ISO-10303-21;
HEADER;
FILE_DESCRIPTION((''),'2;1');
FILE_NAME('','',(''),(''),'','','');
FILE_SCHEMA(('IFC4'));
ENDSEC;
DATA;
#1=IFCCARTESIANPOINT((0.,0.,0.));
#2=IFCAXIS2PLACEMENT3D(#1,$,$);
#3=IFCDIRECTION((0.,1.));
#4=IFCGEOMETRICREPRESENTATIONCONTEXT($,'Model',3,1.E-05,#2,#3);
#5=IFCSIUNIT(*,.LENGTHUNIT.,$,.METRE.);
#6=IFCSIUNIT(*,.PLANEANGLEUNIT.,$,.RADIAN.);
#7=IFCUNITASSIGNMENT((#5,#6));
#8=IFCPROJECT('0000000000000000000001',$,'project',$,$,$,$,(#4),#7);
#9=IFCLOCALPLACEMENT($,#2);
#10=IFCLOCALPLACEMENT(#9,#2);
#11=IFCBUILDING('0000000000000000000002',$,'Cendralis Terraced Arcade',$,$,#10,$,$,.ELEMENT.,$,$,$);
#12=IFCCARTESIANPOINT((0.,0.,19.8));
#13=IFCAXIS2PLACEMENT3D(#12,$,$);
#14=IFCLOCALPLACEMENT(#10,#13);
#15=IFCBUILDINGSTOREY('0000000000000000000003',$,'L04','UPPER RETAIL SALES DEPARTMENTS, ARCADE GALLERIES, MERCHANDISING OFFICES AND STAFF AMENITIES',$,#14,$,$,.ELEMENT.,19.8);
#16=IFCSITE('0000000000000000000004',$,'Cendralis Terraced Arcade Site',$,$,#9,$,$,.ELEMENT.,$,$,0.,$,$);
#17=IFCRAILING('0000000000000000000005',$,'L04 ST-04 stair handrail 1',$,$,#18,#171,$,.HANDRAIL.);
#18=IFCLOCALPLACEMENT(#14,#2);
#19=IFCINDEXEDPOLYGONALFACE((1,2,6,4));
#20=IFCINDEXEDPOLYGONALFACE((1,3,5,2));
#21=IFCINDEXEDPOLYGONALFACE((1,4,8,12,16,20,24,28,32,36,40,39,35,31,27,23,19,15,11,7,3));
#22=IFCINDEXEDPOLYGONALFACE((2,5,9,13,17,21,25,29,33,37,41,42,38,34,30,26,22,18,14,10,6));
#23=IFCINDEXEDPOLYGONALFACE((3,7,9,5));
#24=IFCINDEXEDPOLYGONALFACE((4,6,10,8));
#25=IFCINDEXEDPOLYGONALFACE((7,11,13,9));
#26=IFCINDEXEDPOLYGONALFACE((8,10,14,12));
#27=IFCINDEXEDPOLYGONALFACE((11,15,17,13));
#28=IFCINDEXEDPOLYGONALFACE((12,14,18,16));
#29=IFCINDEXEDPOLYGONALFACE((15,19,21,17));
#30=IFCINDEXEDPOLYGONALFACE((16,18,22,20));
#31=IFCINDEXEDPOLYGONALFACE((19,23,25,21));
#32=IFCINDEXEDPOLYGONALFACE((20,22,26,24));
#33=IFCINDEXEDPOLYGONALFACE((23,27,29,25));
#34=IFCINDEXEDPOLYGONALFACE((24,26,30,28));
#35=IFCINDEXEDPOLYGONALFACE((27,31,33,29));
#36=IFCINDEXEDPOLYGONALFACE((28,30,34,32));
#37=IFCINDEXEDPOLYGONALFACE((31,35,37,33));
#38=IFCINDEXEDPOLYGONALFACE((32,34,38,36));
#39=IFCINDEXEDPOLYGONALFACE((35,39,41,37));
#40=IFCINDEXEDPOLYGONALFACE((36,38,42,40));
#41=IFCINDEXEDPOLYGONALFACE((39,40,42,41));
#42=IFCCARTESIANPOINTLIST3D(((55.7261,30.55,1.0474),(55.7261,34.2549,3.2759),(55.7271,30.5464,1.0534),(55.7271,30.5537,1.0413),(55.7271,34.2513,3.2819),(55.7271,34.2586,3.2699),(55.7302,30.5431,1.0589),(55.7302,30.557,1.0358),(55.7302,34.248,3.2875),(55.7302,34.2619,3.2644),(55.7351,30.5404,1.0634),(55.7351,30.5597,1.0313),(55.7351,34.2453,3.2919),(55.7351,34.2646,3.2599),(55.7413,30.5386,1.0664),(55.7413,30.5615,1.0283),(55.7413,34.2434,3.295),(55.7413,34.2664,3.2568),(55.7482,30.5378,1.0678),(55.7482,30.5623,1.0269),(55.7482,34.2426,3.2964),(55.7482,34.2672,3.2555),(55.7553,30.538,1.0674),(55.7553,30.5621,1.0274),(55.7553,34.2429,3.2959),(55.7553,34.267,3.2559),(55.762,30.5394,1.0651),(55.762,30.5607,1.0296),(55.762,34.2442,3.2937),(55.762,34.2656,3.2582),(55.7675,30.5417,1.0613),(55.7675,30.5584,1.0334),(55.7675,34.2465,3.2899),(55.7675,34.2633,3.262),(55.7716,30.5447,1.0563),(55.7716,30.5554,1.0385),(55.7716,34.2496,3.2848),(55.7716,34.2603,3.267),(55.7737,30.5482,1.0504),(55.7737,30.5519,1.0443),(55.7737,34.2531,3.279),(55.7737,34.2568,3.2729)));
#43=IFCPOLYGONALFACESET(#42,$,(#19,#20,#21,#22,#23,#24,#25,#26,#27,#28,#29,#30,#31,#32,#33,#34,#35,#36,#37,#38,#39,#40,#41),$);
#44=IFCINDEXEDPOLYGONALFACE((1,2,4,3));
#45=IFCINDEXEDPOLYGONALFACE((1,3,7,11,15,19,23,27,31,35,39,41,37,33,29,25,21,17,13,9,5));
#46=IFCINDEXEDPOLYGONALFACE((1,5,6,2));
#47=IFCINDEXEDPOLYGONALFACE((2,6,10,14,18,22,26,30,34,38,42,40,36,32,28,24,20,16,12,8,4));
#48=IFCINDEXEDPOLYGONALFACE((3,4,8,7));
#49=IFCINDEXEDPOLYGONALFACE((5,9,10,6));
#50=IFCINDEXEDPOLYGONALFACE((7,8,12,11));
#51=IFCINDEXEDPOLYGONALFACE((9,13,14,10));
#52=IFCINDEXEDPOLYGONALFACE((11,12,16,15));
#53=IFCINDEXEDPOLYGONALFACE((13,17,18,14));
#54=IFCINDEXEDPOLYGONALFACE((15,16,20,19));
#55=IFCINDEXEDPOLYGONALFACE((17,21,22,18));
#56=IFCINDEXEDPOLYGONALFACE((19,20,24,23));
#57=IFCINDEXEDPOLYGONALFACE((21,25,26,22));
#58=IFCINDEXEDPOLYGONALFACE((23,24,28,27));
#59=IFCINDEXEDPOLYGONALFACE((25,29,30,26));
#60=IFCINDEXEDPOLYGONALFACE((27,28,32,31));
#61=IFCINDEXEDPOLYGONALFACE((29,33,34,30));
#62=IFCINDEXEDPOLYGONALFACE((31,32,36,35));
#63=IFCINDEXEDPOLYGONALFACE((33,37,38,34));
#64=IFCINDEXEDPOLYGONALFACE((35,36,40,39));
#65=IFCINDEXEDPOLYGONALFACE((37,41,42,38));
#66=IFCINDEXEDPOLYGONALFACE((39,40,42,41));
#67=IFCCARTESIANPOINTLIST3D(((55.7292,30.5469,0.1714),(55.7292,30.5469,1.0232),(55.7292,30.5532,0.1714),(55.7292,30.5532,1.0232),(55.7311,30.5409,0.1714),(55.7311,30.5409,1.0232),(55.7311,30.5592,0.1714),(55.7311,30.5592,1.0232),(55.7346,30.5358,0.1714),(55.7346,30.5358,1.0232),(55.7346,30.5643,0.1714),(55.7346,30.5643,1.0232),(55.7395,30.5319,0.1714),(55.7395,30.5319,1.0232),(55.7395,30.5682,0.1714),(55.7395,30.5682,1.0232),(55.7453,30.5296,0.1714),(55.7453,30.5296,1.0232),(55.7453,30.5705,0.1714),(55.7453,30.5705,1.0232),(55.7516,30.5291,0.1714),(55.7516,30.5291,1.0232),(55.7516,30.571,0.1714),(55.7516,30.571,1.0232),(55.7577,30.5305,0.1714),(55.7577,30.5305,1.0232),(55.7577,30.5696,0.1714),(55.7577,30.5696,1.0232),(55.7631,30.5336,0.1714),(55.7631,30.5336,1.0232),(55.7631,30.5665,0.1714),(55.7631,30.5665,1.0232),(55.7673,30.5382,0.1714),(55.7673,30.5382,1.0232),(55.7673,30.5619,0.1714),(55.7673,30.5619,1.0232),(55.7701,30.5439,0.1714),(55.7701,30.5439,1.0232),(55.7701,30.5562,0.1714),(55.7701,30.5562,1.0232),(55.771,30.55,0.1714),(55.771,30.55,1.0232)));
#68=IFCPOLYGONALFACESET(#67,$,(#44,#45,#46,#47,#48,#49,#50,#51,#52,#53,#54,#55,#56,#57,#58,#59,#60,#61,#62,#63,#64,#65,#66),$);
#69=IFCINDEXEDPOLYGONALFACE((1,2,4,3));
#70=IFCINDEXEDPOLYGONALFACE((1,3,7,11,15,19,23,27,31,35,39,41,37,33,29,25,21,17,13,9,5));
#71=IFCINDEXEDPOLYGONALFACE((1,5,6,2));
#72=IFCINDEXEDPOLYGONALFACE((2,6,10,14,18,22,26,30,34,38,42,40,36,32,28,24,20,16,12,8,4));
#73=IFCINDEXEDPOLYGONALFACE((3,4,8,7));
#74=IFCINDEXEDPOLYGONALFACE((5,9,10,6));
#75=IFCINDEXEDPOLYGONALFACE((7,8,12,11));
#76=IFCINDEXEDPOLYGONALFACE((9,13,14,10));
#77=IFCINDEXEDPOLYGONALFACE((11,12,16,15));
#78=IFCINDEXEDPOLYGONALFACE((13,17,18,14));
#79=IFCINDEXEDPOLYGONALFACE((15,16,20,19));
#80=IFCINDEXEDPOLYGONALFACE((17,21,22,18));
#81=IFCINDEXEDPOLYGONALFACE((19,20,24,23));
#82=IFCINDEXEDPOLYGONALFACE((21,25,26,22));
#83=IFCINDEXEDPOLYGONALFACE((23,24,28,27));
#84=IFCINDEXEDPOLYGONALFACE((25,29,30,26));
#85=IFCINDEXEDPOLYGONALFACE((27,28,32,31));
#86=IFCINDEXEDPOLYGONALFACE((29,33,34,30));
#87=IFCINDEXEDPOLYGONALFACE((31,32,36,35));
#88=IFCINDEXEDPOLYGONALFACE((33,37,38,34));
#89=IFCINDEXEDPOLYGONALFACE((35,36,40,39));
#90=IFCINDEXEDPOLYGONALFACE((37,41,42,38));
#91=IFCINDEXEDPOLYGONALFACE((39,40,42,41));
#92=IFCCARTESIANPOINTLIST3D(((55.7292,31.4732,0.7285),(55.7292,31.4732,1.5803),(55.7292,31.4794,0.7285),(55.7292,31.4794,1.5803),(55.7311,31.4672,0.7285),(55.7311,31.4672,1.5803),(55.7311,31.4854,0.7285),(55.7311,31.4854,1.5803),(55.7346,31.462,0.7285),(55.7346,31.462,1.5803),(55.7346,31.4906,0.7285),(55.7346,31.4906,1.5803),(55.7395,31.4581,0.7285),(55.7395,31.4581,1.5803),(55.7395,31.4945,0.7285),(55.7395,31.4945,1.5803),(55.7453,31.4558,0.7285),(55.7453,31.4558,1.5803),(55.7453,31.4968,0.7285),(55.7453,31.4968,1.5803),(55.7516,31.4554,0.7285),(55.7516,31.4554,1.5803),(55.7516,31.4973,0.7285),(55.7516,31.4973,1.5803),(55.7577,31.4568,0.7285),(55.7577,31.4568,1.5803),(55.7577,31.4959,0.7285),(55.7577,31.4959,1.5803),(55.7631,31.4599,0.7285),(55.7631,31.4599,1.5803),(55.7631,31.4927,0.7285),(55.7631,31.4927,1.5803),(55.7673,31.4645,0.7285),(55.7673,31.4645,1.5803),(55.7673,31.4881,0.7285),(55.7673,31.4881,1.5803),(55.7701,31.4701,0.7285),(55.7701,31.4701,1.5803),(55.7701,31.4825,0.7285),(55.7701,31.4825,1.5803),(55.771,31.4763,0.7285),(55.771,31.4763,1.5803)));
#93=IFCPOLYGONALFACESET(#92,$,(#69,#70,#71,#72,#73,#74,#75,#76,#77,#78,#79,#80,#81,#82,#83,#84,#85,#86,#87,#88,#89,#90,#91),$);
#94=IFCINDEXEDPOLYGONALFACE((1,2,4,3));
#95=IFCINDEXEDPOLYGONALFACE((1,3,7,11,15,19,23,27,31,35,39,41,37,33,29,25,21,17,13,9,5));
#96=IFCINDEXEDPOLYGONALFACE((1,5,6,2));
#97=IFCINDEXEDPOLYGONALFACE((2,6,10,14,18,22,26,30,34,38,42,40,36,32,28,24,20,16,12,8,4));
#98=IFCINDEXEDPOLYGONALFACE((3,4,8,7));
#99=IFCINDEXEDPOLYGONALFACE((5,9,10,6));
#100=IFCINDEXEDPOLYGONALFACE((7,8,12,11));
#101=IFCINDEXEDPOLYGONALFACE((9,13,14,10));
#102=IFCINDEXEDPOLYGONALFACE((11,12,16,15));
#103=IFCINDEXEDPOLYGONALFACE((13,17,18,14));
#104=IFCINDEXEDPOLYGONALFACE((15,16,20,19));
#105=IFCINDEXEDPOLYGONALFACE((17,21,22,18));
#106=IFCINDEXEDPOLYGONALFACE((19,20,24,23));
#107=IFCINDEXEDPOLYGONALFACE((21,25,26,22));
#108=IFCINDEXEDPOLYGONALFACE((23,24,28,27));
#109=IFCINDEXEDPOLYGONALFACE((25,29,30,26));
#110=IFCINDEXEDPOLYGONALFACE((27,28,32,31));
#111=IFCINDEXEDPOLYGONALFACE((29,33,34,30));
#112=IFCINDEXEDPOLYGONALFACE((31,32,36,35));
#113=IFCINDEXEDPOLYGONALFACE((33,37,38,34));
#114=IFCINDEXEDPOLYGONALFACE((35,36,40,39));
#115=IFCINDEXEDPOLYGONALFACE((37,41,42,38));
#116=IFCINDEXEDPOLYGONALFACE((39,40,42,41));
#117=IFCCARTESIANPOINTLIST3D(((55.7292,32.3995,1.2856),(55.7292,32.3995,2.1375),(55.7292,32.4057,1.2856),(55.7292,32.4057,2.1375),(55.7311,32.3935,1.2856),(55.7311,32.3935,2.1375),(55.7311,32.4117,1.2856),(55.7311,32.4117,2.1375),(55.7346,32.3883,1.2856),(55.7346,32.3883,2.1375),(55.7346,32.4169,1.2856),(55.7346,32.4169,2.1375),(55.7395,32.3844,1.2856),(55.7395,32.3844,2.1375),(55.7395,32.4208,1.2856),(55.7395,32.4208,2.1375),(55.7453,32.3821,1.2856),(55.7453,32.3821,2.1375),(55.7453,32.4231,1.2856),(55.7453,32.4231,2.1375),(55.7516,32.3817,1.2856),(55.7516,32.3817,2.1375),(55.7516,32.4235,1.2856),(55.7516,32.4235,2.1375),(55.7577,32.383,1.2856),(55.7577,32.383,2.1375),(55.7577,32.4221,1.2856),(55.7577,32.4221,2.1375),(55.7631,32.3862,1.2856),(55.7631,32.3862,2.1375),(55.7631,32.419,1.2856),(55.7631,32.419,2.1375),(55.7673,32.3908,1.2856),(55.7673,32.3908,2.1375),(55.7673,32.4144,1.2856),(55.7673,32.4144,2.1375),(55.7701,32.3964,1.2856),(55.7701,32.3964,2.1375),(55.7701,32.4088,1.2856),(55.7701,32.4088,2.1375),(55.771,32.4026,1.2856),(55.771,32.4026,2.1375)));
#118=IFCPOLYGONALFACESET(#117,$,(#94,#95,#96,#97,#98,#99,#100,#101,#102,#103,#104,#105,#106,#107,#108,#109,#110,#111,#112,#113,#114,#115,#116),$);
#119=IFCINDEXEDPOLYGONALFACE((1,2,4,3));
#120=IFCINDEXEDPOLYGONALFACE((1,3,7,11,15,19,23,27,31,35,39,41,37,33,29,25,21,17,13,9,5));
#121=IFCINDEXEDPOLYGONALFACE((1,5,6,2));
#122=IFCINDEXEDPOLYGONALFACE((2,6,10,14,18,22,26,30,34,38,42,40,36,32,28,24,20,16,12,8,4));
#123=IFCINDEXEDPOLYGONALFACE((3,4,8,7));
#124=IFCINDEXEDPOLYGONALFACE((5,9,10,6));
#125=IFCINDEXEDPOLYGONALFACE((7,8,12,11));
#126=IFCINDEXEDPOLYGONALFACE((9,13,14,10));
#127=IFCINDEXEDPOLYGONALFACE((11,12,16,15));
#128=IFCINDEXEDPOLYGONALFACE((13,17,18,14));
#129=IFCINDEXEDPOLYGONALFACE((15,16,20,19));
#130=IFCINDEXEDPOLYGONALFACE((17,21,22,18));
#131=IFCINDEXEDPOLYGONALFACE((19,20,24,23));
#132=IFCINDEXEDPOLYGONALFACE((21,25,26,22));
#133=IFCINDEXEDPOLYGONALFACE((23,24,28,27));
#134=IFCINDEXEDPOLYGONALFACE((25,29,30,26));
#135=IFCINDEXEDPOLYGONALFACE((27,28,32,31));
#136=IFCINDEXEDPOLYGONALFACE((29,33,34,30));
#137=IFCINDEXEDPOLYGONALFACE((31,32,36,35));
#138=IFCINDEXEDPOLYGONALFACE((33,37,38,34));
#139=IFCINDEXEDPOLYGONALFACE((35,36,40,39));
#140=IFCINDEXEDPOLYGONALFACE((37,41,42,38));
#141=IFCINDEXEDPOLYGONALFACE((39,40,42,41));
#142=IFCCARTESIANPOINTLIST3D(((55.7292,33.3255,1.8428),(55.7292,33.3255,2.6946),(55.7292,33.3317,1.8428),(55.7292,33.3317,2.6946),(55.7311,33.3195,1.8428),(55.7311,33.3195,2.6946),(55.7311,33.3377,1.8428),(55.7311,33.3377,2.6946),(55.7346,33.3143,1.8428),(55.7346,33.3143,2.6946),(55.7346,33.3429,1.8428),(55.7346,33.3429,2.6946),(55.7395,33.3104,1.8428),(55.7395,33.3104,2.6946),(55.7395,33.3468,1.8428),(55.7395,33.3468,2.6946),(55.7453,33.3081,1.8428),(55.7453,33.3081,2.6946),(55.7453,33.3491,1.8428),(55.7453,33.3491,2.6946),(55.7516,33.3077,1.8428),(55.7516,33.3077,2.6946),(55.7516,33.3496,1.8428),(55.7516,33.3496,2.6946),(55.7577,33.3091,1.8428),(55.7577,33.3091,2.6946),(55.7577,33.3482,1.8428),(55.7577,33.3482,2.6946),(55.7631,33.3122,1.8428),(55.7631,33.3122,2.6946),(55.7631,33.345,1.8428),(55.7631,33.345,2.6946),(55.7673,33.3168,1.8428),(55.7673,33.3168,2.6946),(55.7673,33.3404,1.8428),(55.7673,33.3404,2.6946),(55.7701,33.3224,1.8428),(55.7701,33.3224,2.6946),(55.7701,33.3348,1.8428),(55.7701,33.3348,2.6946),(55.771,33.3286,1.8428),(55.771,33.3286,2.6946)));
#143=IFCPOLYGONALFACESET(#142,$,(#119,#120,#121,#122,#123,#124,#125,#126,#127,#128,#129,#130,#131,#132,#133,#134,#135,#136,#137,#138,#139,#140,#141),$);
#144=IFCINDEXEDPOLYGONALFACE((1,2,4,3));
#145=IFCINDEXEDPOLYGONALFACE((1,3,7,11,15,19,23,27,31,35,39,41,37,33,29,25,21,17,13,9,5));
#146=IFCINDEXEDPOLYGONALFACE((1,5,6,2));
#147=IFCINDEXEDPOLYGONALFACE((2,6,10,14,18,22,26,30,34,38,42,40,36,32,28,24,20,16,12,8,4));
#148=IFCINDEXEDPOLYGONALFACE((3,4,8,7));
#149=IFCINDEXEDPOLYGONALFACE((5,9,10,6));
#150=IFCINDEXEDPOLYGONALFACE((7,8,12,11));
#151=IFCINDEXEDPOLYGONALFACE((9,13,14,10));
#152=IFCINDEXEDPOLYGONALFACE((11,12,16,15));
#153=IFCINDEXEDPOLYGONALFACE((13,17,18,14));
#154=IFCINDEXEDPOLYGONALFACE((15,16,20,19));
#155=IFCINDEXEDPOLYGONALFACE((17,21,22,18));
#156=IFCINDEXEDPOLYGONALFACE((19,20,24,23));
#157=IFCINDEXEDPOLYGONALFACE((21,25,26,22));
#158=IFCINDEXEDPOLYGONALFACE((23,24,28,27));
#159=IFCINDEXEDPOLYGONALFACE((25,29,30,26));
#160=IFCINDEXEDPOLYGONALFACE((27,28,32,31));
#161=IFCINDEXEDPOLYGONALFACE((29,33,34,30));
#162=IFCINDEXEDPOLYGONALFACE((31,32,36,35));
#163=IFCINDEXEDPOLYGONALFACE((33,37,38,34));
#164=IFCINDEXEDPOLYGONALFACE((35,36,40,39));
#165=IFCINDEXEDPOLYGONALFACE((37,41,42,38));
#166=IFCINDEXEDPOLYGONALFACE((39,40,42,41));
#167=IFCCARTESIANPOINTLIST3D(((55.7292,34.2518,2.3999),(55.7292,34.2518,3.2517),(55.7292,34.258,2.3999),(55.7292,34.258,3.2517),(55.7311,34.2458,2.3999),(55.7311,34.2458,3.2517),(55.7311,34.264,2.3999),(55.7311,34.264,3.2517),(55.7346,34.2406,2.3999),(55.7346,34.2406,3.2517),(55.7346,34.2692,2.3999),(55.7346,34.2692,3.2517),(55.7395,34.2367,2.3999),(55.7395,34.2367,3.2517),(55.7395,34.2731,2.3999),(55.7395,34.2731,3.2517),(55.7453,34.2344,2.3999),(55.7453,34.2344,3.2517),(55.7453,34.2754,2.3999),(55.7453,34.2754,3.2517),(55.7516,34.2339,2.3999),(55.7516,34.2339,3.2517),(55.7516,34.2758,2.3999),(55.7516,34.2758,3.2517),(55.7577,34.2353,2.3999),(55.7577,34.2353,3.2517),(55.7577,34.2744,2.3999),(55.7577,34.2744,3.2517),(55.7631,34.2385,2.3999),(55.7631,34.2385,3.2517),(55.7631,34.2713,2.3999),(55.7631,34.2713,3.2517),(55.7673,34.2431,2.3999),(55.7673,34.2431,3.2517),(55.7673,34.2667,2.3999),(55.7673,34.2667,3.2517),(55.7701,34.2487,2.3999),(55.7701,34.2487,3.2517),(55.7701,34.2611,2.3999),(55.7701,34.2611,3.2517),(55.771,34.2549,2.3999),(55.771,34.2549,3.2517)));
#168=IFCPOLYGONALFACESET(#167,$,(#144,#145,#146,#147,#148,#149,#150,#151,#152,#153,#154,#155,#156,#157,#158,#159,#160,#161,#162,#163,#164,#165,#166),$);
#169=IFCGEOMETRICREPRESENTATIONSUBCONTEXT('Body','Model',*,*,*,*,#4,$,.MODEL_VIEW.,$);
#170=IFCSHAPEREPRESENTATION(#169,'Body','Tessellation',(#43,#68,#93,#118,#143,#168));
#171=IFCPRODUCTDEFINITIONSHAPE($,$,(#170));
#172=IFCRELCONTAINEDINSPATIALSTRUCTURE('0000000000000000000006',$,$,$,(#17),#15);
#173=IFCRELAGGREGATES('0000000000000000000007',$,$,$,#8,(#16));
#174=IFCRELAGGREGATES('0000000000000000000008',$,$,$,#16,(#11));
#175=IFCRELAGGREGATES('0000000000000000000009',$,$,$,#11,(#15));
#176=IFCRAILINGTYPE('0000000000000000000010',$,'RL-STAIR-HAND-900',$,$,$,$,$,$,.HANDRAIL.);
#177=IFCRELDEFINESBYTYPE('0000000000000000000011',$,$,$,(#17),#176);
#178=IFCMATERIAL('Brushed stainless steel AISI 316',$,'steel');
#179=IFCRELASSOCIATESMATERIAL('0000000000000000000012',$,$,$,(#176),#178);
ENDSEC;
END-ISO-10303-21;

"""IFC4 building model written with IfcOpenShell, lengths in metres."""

from ifc_helpers import new_model, si_unit, direction, frame, origin, origin_2d, place, context, subcontext, project, spatial, circle, extrude, material, type_object, element, save


model = new_model("IFC4")

# Units and contexts
model_context = context("Model", 3, precision=1e-05, world=origin(), true_north=direction((0.0, 1.0)))
body_context = subcontext(model_context, "Body", "Model", "MODEL_VIEW")
ifc_project = project(units=[si_unit("LENGTHUNIT", "METRE"), si_unit("PLANEANGLEUNIT", "RADIAN")], contexts=[model_context])

# Site, building, storey
site_placement = place(None, origin())
site = spatial("IfcSite", under=ifc_project, at=site_placement, Name="Cendralis Terraced Arcade Site", CompositionType="ELEMENT", RefElevation=0.0)
building_placement = place(site_placement, origin())
building = spatial("IfcBuilding", under=site, at=building_placement, Name="Cendralis Terraced Arcade", CompositionType="ELEMENT")
storey_placement = place(building_placement, frame((0.0, 0.0, 19.8)))
storey = spatial("IfcBuildingStorey", under=building, at=storey_placement, Name="L04", Description="UPPER RETAIL SALES DEPARTMENTS, ARCADE GALLERIES, MERCHANDISING OFFICES AND STAFF AMENITIES", CompositionType="ELEMENT", Elevation=19.8)

# Railing
ifc_material_1 = material(Name="Brushed stainless steel AISI 316", Category="steel")
railing_type_1 = type_object("IfcRailingType", Name="RL-STAIR-HAND-900", PredefinedType="HANDRAIL", material=ifc_material_1)
railing_1_placement = place(storey_placement, frame((55.75, 30.55, 0.1714)))
element("IfcRailing", 1, at=railing_1_placement, inside=storey, type_object=railing_type_1, Name="L04 ST-04 stair handrail 1", PredefinedType="HANDRAIL", context=body_context, shape_type="SweptSolid", body=[
    extrude(circle(Radius=0.0239, at=origin_2d()), frame((0.0, 0.0, 0.876), z_axis=(0.0, 0.856919, 0.51545), x_axis=(-1.0, 0.0, 0.0)), (0.0, 0.0, 1.0), 4.3235),
    extrude(circle(Radius=0.021, at=origin_2d()), origin(), (0.0, 0.0, 1.0), 0.8518),
    extrude(circle(Radius=0.021, at=origin_2d()), frame((0.0, 0.9263, 0.5571)), (0.0, 0.0, 1.0), 0.8518),
    extrude(circle(Radius=0.021, at=origin_2d()), frame((0.0, 1.8525, 1.1143)), (0.0, 0.0, 1.0), 0.8518),
    extrude(circle(Radius=0.021, at=origin_2d()), frame((0.0, 2.7786, 1.6714)), (0.0, 0.0, 1.0), 0.8518),
    extrude(circle(Radius=0.021, at=origin_2d()), frame((0.0, 3.7048, 2.2285)), (0.0, 0.0, 1.0), 0.8518),
])

save(model, "model.ifc")
